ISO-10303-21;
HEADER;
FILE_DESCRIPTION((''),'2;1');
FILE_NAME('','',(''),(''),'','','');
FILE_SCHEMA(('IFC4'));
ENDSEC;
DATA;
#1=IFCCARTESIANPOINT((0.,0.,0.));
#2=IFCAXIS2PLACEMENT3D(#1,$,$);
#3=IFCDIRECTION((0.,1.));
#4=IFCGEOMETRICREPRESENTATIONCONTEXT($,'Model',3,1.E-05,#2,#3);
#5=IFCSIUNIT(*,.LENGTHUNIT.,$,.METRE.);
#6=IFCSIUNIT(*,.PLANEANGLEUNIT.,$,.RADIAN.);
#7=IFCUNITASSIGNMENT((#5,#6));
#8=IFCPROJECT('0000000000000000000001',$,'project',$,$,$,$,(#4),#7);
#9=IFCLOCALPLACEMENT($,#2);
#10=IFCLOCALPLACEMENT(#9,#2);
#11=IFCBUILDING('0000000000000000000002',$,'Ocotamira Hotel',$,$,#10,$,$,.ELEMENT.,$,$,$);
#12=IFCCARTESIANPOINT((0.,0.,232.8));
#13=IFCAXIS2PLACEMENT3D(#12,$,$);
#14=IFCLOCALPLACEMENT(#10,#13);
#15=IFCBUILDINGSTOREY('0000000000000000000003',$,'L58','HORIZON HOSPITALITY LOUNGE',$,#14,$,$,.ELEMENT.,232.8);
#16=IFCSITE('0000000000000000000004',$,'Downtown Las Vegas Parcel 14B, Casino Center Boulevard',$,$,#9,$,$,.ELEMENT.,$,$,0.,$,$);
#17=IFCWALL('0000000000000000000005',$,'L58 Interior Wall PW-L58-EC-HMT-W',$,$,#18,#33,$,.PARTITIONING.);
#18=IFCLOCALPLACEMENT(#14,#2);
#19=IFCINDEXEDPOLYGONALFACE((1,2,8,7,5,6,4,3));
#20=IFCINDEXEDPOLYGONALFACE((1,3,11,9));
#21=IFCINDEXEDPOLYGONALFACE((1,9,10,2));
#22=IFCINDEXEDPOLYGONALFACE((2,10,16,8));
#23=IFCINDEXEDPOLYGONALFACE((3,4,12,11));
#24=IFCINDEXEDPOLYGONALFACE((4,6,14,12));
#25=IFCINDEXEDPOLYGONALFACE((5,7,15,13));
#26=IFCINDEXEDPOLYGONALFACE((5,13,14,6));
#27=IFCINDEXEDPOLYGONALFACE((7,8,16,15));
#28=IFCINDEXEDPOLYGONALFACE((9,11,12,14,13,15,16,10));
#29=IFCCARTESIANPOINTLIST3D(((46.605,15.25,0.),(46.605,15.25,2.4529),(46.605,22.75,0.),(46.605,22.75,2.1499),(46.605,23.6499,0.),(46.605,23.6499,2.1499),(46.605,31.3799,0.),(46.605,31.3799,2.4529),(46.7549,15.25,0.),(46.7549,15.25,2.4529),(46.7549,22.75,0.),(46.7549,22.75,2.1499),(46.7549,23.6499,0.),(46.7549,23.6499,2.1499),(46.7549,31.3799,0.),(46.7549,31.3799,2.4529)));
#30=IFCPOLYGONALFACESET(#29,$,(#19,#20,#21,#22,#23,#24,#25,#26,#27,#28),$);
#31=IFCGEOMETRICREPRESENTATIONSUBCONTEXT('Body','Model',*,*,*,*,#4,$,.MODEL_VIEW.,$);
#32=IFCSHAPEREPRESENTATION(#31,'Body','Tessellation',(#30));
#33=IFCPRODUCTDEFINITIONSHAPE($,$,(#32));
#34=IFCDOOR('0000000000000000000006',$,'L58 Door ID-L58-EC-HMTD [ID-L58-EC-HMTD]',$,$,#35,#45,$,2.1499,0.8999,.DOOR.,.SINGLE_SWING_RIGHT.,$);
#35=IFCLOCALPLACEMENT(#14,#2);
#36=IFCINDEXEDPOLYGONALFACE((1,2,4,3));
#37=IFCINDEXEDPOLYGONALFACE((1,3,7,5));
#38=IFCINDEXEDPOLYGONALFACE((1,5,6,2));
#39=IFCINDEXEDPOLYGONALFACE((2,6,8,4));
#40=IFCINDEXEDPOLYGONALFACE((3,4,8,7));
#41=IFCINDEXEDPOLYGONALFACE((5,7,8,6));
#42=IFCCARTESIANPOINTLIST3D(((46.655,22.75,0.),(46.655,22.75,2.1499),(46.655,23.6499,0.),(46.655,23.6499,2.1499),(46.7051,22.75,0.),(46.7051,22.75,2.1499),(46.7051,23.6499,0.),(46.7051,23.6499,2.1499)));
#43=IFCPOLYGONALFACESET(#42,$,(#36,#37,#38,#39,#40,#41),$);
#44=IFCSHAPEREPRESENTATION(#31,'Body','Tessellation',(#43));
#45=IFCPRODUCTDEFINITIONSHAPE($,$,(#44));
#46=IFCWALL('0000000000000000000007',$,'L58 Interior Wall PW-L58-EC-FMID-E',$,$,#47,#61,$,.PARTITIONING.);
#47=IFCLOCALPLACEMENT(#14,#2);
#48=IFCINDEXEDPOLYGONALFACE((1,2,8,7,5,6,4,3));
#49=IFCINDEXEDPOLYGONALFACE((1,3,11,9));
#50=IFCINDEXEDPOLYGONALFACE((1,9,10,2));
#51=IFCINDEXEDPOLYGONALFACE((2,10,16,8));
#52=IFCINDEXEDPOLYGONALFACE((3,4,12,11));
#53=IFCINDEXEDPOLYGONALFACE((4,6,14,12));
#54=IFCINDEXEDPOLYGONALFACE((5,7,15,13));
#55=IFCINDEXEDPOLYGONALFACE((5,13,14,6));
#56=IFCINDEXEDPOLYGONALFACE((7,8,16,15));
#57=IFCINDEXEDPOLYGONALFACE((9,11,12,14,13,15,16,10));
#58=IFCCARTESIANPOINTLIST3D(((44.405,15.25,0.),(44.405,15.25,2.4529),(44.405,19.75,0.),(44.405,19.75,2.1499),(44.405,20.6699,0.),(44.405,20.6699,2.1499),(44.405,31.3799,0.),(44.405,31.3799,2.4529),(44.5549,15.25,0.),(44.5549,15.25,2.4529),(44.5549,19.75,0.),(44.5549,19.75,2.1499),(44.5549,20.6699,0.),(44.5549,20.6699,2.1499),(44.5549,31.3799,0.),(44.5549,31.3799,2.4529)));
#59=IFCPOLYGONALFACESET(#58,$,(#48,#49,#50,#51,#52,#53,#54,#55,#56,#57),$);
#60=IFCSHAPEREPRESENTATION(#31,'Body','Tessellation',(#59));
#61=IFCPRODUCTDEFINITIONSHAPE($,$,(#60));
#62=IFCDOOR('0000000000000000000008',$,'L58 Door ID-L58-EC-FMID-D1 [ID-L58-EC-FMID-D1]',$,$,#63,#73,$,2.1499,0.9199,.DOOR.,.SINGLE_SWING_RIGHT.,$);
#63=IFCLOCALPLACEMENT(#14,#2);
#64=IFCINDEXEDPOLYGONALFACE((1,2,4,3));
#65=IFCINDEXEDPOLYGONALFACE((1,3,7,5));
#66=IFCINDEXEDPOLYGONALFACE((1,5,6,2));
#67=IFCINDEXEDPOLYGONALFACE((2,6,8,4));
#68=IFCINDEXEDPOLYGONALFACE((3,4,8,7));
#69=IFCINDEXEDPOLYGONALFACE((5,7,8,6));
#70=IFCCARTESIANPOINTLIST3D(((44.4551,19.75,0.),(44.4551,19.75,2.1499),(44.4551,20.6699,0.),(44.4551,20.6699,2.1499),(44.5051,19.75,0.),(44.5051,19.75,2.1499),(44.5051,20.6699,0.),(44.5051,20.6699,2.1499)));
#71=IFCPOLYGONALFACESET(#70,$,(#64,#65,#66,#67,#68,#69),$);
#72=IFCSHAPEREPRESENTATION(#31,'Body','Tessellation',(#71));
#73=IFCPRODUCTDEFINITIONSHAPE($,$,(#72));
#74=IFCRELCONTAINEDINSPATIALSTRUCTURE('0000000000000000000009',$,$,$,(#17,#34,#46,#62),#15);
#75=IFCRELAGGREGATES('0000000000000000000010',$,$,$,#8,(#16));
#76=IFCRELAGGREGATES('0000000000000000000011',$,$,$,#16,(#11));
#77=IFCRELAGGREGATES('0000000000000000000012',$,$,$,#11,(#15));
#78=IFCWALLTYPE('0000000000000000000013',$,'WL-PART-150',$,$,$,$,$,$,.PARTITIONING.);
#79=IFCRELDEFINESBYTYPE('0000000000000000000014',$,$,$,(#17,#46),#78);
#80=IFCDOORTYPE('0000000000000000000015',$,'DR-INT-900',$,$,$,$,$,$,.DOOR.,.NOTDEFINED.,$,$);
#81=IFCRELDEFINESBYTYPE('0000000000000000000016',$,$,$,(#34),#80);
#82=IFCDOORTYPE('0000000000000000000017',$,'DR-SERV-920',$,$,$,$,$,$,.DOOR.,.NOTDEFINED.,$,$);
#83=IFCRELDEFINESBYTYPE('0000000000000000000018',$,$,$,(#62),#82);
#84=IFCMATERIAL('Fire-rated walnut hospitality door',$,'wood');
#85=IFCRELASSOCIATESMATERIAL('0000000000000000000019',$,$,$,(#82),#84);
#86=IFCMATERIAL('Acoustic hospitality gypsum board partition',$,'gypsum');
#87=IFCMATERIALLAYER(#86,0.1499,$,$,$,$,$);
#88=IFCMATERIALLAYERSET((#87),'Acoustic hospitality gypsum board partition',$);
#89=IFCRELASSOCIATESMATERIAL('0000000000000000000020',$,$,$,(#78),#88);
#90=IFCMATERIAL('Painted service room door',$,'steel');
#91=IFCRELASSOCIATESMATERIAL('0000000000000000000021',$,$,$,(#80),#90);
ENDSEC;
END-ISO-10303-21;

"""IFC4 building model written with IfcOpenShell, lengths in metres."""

from ifc_helpers import new_model, si_unit, direction, frame, frame_2d, origin, place, context, subcontext, project, spatial, rectangle, extrude, source, transform, mapped, material, layer, layer_set, type_object, element, fill, save


model = new_model("IFC4")

# Units and contexts
model_context = context("Model", 3, precision=1e-05, world=origin(), true_north=direction((0.0, 1.0)))
body_context = subcontext(model_context, "Body", "Model", "MODEL_VIEW")
ifc_project = project(units=[si_unit("LENGTHUNIT", "METRE"), si_unit("PLANEANGLEUNIT", "RADIAN")], contexts=[model_context])

# Site, building, storey
site_placement = place(None, origin())
site = spatial("IfcSite", under=ifc_project, at=site_placement, Name="Downtown Las Vegas Parcel 14B, Casino Center Boulevard", CompositionType="ELEMENT", RefElevation=0.0)
building_placement = place(site_placement, origin())
building = spatial("IfcBuilding", under=site, at=building_placement, Name="Ocotamira Hotel", CompositionType="ELEMENT")
storey_placement = place(building_placement, frame((0.0, 0.0, 232.8)))
storey = spatial("IfcBuildingStorey", under=building, at=storey_placement, Name="L58", Description="HORIZON HOSPITALITY LOUNGE", CompositionType="ELEMENT", Elevation=232.8)

# Shared definitions
ifc_material_1 = material(Name="Fire-rated walnut hospitality door", Category="wood")
door_type_1 = type_object("IfcDoorType", Name="DR-SERV-920", OperationType="NOTDEFINED", PredefinedType="DOOR", material=ifc_material_1)
shared_shape_1 = source(origin(), body_context, "Body", "SweptSolid", [
    extrude(rectangle(XDim=0.9199, YDim=2.1499, at=frame_2d((0.46, 1.075))), frame((0.0, 0.0249, 0.0), z_axis=(0.0, -1.0, 0.0), x_axis=(1.0, 0.0, 0.0)), (0.0, 0.0, 1.0), 0.05),
])

# Walls, openings, doors
ifc_material_2 = material(Name="Acoustic hospitality gypsum board partition", Category="gypsum")
ifc_layer_1 = layer(ifc_material_2, 0.1499)
ifc_layer_set_1 = layer_set([ifc_layer_1], Name="Acoustic hospitality gypsum board partition")
wall_type_1 = type_object("IfcWallType", Name="WL-PART-150", PredefinedType="PARTITIONING", material=ifc_layer_set_1)
wall_1_placement = place(storey_placement, frame((46.6799, 15.25, 0.0), z_axis=(0.0, 0.0, 1.0), x_axis=(0.0, 1.0, 0.0)))
wall_1 = element("IfcWall", 1, at=wall_1_placement, inside=storey, type_object=wall_type_1, Name="L58 Interior Wall PW-L58-EC-HMT-W", PredefinedType="PARTITIONING", context=body_context, shape_type="SweptSolid", body=[
    extrude(rectangle(XDim=16.1299, YDim=0.1499, at=frame_2d((8.0649, 0.0))), origin(), (0.0, 0.0, 1.0), 2.4529),
])
opening_1_placement = place(wall_1_placement, frame((7.5, 0.0, 0.0)))
opening_1 = element("IfcOpeningElement", 2, at=opening_1_placement, cuts=wall_1, PredefinedType="OPENING", context=body_context, shape_type="SweptSolid", body=[
    extrude(rectangle(XDim=0.8999, YDim=2.1499, at=frame_2d((0.45, 1.075))), frame((0.0, 0.085, 0.0), z_axis=(0.0, -1.0, 0.0), x_axis=(1.0, 0.0, 0.0)), (0.0, 0.0, 1.0), 0.1699),
])
ifc_material_3 = material(Name="Painted service room door", Category="steel")
door_type_2 = type_object("IfcDoorType", Name="DR-INT-900", OperationType="NOTDEFINED", PredefinedType="DOOR", material=ifc_material_3)
shared_shape_2 = source(origin(), body_context, "Body", "SweptSolid", [
    extrude(rectangle(XDim=0.8999, YDim=2.1499, at=frame_2d((0.45, 1.075))), frame((0.0, 0.0249, 0.0), z_axis=(0.0, -1.0, 0.0), x_axis=(1.0, 0.0, 0.0)), (0.0, 0.0, 1.0), 0.05),
])
door_1_placement = place(opening_1_placement, origin())
door_1 = element("IfcDoor", 3, at=door_1_placement, inside=storey, type_object=door_type_2, Name="L58 Door ID-L58-EC-HMTD [ID-L58-EC-HMTD]", OperationType="SINGLE_SWING_RIGHT", OverallHeight=2.1499, OverallWidth=0.8999, PredefinedType="DOOR", context=body_context, shape_type="MappedRepresentation", body=[
    mapped(shared_shape_2, transform((0.0, 0.0, 0.0), scale=1.0)),
])
fill(opening_1, door_1)
wall_2_placement = place(storey_placement, frame((44.48, 15.25, 0.0), z_axis=(0.0, 0.0, 1.0), x_axis=(0.0, 1.0, 0.0)))
wall_2 = element("IfcWall", 4, at=wall_2_placement, inside=storey, type_object=wall_type_1, Name="L58 Interior Wall PW-L58-EC-FMID-E", PredefinedType="PARTITIONING", context=body_context, shape_type="SweptSolid", body=[
    extrude(rectangle(XDim=16.1299, YDim=0.1499, at=frame_2d((8.0649, 0.0))), origin(), (0.0, 0.0, 1.0), 2.4529),
])
opening_2_placement = place(wall_2_placement, frame((4.5, 0.0, 0.0)))
opening_2 = element("IfcOpeningElement", 5, at=opening_2_placement, cuts=wall_2, PredefinedType="OPENING", context=body_context, shape_type="SweptSolid", body=[
    extrude(rectangle(XDim=0.9199, YDim=2.1499, at=frame_2d((0.46, 1.075))), frame((0.0, 0.085, 0.0), z_axis=(0.0, -1.0, 0.0), x_axis=(1.0, 0.0, 0.0)), (0.0, 0.0, 1.0), 0.1699),
])
door_2_placement = place(opening_2_placement, origin())
door_2 = element("IfcDoor", 6, at=door_2_placement, inside=storey, type_object=door_type_1, Name="L58 Door ID-L58-EC-FMID-D1 [ID-L58-EC-FMID-D1]", OperationType="SINGLE_SWING_RIGHT", OverallHeight=2.1499, OverallWidth=0.9199, PredefinedType="DOOR", context=body_context, shape_type="MappedRepresentation", body=[
    mapped(shared_shape_1, transform((0.0, 0.0, 0.0), scale=1.0)),
])
fill(opening_2, door_2)

save(model, "model.ifc")
